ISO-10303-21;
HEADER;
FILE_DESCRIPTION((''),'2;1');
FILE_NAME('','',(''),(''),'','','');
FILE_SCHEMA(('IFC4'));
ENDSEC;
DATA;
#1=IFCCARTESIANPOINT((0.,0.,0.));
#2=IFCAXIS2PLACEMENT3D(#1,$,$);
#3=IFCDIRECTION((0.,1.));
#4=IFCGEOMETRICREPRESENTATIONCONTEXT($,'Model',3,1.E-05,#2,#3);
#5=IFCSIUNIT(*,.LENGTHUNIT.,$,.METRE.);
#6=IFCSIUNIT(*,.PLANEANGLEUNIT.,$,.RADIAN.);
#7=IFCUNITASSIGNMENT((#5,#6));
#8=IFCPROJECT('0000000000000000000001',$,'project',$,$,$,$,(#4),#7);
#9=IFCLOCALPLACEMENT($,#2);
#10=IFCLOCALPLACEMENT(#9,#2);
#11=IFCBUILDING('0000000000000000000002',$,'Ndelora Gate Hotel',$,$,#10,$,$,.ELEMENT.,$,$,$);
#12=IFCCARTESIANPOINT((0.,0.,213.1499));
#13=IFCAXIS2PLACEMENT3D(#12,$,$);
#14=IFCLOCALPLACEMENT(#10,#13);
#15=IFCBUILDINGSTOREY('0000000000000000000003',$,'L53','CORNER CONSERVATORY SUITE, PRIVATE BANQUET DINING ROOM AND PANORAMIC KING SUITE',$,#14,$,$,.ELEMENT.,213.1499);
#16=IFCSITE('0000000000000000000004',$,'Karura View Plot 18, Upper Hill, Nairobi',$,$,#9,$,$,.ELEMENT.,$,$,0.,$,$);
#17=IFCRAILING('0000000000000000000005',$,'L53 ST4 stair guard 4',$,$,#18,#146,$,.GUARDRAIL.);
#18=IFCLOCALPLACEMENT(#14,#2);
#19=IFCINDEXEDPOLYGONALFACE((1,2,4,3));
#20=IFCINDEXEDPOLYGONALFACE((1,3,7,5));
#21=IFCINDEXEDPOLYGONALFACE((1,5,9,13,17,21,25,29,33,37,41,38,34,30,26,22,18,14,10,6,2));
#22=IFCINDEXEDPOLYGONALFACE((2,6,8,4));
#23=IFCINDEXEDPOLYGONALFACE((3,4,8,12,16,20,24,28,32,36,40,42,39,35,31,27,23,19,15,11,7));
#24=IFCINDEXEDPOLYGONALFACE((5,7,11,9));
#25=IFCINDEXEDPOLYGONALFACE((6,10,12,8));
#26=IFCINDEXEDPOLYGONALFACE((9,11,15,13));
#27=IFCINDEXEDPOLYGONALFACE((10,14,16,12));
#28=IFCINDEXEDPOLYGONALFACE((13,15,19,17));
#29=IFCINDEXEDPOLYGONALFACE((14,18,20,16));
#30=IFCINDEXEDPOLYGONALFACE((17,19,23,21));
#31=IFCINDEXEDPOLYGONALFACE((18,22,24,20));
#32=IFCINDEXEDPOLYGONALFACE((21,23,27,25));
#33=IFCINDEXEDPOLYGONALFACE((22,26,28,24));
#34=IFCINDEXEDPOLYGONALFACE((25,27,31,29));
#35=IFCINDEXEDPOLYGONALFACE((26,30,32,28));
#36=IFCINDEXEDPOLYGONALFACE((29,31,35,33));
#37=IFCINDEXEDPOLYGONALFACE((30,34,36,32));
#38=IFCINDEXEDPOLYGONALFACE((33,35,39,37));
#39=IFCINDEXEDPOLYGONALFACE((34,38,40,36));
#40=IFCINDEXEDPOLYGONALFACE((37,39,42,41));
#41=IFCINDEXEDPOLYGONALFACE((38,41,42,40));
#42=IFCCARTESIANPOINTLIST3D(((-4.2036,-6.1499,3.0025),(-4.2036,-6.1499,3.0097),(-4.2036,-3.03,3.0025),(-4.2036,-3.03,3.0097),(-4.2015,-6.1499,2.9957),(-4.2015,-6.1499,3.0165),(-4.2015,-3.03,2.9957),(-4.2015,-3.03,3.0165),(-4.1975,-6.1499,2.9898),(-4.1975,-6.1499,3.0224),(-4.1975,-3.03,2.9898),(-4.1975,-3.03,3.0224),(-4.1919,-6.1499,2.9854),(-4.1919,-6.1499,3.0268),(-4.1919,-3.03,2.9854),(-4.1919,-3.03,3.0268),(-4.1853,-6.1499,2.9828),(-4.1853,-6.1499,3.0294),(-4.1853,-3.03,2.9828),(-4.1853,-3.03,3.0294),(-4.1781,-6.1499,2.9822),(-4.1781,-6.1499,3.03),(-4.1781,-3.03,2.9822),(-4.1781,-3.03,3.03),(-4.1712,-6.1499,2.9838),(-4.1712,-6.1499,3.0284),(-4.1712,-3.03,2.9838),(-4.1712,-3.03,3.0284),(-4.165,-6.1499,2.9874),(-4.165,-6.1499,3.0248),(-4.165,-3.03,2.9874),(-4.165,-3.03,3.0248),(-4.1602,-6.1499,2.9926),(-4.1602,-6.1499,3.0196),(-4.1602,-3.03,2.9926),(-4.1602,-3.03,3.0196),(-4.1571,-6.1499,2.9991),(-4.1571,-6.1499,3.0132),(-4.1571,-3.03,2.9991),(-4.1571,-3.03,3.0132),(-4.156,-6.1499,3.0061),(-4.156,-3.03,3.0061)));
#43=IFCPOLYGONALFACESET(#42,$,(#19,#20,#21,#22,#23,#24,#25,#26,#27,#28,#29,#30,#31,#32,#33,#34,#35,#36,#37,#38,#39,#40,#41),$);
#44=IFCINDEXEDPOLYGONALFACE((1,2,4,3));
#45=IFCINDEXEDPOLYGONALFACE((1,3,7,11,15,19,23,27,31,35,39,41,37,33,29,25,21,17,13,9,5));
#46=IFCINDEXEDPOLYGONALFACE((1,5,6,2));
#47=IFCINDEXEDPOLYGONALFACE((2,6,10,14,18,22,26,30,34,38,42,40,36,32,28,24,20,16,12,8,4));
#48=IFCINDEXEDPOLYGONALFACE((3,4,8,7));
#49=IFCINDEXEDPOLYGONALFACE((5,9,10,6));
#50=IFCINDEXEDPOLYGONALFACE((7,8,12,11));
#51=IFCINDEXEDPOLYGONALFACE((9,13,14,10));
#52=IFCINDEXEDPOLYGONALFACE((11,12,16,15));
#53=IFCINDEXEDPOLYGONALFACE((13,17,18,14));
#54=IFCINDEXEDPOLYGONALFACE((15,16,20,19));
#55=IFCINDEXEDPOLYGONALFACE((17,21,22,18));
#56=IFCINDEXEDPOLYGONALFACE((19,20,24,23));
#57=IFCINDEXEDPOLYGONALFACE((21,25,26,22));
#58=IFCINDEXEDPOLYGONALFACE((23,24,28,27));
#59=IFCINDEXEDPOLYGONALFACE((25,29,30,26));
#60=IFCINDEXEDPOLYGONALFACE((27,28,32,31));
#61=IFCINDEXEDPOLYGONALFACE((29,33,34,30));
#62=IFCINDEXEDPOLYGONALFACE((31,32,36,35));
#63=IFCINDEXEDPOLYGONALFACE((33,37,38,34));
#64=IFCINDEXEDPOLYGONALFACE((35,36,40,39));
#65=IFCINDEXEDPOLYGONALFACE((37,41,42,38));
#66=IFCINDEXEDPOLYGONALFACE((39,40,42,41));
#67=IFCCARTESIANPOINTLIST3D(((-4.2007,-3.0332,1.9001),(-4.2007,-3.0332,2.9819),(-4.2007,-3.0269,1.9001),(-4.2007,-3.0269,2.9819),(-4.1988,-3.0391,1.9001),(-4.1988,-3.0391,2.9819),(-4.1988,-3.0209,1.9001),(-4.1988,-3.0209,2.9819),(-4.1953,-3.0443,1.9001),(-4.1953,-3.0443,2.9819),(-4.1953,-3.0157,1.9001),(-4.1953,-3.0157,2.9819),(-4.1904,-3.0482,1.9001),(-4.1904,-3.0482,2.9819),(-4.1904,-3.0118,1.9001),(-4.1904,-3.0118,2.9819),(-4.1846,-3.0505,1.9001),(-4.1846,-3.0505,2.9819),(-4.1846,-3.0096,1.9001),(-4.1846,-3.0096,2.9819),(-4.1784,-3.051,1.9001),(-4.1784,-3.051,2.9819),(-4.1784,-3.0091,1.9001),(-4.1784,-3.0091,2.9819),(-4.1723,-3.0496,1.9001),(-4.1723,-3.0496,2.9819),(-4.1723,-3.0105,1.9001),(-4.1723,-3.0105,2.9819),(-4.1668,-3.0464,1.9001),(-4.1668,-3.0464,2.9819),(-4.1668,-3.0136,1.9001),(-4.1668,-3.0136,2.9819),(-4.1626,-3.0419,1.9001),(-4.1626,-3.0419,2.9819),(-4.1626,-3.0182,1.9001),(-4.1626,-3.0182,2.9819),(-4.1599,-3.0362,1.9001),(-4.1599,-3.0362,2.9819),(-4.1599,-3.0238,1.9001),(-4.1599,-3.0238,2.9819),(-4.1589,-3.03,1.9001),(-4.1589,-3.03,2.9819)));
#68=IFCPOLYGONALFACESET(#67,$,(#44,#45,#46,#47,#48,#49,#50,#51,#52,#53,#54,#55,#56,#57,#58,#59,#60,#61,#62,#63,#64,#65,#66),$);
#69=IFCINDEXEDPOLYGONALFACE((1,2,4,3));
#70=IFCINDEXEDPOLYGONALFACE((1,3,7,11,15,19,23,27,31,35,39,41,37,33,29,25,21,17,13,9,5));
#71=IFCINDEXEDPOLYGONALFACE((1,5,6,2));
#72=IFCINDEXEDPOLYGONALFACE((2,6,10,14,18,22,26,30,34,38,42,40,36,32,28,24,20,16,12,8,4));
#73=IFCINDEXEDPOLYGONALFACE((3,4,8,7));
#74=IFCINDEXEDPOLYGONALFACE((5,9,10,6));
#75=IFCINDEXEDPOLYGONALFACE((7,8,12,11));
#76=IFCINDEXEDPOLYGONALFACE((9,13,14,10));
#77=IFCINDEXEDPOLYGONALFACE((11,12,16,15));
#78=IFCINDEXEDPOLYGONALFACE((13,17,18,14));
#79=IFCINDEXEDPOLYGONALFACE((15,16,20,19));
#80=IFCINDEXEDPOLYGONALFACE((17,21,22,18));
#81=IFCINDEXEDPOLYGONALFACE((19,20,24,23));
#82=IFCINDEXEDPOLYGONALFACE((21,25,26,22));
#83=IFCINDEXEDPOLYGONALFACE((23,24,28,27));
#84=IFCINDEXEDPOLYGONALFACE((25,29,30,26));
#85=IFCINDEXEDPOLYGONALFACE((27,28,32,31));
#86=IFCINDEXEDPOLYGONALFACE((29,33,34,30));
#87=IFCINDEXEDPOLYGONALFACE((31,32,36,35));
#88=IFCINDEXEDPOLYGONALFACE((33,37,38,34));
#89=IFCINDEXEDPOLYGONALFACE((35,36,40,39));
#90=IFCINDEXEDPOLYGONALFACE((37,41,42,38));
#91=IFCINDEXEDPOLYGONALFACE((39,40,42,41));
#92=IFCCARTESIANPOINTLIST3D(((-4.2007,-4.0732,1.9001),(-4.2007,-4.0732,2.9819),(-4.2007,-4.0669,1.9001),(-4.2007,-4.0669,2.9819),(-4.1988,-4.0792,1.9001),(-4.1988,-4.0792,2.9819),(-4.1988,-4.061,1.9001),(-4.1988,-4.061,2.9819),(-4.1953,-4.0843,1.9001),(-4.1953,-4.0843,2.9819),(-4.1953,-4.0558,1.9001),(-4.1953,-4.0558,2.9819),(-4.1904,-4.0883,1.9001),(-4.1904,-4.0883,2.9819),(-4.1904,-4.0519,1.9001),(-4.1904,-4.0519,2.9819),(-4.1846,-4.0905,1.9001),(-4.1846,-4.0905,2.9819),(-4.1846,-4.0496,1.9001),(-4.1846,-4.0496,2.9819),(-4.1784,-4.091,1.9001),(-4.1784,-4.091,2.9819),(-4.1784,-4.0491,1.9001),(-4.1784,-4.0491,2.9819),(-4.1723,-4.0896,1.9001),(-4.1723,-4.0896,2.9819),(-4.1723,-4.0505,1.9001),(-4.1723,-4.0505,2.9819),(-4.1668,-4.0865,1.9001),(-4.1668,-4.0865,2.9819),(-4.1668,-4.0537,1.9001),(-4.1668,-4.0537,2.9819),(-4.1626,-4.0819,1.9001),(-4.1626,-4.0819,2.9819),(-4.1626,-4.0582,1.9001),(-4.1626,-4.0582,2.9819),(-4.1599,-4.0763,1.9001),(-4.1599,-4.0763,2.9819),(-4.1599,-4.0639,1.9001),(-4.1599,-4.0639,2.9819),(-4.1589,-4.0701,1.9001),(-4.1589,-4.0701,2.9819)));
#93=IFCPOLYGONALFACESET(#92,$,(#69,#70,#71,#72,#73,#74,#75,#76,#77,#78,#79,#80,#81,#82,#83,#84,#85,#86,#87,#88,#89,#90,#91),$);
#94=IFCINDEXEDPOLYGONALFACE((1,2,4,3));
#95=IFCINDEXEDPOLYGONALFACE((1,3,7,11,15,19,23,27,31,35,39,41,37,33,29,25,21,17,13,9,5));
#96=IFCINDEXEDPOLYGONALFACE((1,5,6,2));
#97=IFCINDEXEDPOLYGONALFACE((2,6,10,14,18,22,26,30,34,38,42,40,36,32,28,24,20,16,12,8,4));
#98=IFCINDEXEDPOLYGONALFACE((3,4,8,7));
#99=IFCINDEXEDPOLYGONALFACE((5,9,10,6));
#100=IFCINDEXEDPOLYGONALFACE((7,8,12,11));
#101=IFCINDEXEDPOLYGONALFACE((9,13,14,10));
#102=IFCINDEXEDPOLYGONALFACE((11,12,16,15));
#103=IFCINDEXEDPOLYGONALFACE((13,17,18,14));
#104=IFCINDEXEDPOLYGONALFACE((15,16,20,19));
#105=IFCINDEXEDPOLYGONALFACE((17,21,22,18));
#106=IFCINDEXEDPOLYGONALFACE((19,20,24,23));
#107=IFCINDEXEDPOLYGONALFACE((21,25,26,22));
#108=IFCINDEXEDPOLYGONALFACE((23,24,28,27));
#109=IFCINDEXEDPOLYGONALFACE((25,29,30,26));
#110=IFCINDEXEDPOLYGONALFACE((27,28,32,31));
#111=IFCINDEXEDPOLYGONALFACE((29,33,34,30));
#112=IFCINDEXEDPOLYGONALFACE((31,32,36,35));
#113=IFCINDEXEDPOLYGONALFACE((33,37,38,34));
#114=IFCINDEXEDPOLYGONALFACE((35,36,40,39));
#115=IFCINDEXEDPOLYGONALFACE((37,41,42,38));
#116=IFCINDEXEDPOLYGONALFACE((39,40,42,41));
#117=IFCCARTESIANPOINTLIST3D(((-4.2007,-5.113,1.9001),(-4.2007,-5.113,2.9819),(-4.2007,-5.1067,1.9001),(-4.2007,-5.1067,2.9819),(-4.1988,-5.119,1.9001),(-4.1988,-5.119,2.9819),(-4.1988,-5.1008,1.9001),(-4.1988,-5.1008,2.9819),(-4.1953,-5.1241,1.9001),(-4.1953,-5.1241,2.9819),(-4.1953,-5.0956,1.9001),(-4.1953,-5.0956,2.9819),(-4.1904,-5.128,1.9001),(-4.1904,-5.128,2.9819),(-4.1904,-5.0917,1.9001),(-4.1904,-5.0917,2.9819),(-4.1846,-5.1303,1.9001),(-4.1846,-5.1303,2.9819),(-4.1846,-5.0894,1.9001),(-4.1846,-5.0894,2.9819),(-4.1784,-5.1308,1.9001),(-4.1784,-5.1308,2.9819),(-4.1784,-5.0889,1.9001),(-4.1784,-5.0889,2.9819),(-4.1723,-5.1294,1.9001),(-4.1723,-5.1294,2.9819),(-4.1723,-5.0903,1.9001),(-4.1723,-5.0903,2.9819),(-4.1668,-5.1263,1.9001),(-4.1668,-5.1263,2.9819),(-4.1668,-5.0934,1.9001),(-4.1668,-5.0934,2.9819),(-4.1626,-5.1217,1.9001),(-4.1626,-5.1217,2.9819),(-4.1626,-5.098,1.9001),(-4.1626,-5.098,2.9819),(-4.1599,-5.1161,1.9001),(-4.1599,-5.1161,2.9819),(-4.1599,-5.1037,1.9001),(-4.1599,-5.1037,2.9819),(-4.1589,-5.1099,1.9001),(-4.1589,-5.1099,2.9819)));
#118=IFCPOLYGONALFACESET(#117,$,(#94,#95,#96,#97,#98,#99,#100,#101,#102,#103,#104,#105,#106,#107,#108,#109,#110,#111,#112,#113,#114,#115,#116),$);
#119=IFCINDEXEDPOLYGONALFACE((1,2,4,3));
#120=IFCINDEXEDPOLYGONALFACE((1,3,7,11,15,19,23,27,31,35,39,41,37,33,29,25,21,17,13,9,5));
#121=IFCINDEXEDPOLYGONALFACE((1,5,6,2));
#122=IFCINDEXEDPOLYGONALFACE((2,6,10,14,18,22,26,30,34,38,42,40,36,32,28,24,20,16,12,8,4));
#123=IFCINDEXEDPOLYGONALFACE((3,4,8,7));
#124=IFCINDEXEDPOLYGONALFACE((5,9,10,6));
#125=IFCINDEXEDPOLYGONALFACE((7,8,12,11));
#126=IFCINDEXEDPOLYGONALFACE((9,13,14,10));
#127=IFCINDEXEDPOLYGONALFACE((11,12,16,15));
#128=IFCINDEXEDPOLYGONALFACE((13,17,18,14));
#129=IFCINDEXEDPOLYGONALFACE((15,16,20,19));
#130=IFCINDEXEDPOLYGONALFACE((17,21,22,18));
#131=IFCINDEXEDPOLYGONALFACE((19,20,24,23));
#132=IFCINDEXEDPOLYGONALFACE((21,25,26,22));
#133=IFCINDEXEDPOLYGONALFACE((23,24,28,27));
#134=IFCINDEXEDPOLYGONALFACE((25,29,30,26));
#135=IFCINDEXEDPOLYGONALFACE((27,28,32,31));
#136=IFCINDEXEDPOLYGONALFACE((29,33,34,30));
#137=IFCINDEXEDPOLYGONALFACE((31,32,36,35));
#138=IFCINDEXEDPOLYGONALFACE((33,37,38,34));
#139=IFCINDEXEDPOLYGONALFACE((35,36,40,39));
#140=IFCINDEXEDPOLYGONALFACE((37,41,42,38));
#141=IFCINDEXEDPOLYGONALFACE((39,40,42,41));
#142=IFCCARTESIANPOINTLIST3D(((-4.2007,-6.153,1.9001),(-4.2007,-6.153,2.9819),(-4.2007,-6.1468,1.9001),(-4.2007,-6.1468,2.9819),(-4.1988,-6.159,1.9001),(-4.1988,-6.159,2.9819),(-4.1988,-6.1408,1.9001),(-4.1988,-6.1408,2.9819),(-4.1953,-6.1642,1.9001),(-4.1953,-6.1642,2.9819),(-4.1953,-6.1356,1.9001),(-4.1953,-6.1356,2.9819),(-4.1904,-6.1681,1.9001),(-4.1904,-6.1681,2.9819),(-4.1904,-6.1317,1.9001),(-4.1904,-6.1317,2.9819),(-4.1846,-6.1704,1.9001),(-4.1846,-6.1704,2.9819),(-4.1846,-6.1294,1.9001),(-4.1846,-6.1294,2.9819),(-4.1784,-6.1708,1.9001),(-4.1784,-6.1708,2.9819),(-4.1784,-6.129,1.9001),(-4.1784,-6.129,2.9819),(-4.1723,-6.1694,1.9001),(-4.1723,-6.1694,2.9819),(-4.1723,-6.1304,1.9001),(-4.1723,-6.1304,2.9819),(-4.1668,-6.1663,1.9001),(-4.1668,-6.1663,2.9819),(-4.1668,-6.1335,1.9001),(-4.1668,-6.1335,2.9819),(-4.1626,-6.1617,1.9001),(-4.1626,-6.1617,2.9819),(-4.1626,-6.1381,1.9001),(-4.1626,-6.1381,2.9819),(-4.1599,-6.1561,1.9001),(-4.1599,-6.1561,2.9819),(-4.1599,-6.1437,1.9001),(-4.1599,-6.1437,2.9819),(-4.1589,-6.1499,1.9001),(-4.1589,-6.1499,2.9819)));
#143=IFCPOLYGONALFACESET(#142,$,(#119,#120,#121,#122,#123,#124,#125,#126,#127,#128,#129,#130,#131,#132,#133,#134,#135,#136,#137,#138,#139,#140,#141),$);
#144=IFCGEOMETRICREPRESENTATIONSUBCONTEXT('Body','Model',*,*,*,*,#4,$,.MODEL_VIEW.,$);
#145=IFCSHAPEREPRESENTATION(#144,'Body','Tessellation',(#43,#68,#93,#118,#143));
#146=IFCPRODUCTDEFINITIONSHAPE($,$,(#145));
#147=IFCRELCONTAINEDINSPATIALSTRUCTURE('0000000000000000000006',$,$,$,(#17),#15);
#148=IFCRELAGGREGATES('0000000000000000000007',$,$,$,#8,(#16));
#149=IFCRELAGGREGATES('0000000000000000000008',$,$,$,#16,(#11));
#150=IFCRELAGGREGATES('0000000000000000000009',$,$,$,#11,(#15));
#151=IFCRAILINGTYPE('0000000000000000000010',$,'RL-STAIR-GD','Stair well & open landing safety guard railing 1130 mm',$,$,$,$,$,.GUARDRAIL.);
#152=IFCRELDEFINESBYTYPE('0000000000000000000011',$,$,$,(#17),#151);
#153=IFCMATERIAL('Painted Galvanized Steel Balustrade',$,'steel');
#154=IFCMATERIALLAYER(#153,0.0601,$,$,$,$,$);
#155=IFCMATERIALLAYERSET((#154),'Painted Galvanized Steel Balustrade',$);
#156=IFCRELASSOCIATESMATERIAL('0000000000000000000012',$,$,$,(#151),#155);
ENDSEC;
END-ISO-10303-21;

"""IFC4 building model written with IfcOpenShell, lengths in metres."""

from ifc_helpers import new_model, si_unit, direction, frame, origin, origin_2d, place, context, subcontext, project, spatial, circle, extrude, material, layer, layer_set, type_object, element, save


model = new_model("IFC4")

# Units and contexts
model_context = context("Model", 3, precision=1e-05, world=origin(), true_north=direction((0.0, 1.0)))
body_context = subcontext(model_context, "Body", "Model", "MODEL_VIEW")
ifc_project = project(units=[si_unit("LENGTHUNIT", "METRE"), si_unit("PLANEANGLEUNIT", "RADIAN")], contexts=[model_context])

# Site, building, storey
site_placement = place(None, origin())
site = spatial("IfcSite", under=ifc_project, at=site_placement, Name="Karura View Plot 18, Upper Hill, Nairobi", CompositionType="ELEMENT", RefElevation=0.0)
building_placement = place(site_placement, origin())
building = spatial("IfcBuilding", under=site, at=building_placement, Name="Ndelora Gate Hotel", CompositionType="ELEMENT")
storey_placement = place(building_placement, frame((0.0, 0.0, 213.1499)))
storey = spatial("IfcBuildingStorey", under=building, at=storey_placement, Name="L53", Description="CORNER CONSERVATORY SUITE, PRIVATE BANQUET DINING ROOM AND PANORAMIC KING SUITE", CompositionType="ELEMENT", Elevation=213.1499)

# Railing
ifc_material_1 = material(Name="Painted Galvanized Steel Balustrade", Category="steel")
ifc_layer_1 = layer(ifc_material_1, 0.0601)
ifc_layer_set_1 = layer_set([ifc_layer_1], Name="Painted Galvanized Steel Balustrade")
railing_type_1 = type_object("IfcRailingType", Name="RL-STAIR-GD", Description="Stair well & open landing safety guard railing 1130 mm", PredefinedType="GUARDRAIL", material=ifc_layer_set_1)
for number, where, name in (
    (1, (-4.1799, -3.03, 1.9001), "L53 ST4 stair guard 4"),
):
    element("IfcRailing", number, at=place(storey_placement, frame(where)), inside=storey, type_object=railing_type_1, Name=name, PredefinedType="GUARDRAIL", context=body_context, shape_type="SweptSolid", body=[
        extrude(circle(Radius=0.0239, at=origin_2d()), frame((0.0, 0.0, 1.106), z_axis=(0.0, -1.0, 0.0), x_axis=(1.0, 0.0, 0.0)), (0.0, 0.0, 1.0), 3.1199),
        extrude(circle(Radius=0.021, at=origin_2d()), origin(), (0.0, 0.0, 1.0), 1.0818),
        extrude(circle(Radius=0.021, at=origin_2d()), frame((0.0, -1.04, 0.0)), (0.0, 0.0, 1.0), 1.0818),
        extrude(circle(Radius=0.021, at=origin_2d()), frame((0.0, -2.0798, 0.0)), (0.0, 0.0, 1.0), 1.0818),
        extrude(circle(Radius=0.021, at=origin_2d()), frame((0.0, -3.1199, 0.0)), (0.0, 0.0, 1.0), 1.0818),
    ])

save(model, "model.ifc")
